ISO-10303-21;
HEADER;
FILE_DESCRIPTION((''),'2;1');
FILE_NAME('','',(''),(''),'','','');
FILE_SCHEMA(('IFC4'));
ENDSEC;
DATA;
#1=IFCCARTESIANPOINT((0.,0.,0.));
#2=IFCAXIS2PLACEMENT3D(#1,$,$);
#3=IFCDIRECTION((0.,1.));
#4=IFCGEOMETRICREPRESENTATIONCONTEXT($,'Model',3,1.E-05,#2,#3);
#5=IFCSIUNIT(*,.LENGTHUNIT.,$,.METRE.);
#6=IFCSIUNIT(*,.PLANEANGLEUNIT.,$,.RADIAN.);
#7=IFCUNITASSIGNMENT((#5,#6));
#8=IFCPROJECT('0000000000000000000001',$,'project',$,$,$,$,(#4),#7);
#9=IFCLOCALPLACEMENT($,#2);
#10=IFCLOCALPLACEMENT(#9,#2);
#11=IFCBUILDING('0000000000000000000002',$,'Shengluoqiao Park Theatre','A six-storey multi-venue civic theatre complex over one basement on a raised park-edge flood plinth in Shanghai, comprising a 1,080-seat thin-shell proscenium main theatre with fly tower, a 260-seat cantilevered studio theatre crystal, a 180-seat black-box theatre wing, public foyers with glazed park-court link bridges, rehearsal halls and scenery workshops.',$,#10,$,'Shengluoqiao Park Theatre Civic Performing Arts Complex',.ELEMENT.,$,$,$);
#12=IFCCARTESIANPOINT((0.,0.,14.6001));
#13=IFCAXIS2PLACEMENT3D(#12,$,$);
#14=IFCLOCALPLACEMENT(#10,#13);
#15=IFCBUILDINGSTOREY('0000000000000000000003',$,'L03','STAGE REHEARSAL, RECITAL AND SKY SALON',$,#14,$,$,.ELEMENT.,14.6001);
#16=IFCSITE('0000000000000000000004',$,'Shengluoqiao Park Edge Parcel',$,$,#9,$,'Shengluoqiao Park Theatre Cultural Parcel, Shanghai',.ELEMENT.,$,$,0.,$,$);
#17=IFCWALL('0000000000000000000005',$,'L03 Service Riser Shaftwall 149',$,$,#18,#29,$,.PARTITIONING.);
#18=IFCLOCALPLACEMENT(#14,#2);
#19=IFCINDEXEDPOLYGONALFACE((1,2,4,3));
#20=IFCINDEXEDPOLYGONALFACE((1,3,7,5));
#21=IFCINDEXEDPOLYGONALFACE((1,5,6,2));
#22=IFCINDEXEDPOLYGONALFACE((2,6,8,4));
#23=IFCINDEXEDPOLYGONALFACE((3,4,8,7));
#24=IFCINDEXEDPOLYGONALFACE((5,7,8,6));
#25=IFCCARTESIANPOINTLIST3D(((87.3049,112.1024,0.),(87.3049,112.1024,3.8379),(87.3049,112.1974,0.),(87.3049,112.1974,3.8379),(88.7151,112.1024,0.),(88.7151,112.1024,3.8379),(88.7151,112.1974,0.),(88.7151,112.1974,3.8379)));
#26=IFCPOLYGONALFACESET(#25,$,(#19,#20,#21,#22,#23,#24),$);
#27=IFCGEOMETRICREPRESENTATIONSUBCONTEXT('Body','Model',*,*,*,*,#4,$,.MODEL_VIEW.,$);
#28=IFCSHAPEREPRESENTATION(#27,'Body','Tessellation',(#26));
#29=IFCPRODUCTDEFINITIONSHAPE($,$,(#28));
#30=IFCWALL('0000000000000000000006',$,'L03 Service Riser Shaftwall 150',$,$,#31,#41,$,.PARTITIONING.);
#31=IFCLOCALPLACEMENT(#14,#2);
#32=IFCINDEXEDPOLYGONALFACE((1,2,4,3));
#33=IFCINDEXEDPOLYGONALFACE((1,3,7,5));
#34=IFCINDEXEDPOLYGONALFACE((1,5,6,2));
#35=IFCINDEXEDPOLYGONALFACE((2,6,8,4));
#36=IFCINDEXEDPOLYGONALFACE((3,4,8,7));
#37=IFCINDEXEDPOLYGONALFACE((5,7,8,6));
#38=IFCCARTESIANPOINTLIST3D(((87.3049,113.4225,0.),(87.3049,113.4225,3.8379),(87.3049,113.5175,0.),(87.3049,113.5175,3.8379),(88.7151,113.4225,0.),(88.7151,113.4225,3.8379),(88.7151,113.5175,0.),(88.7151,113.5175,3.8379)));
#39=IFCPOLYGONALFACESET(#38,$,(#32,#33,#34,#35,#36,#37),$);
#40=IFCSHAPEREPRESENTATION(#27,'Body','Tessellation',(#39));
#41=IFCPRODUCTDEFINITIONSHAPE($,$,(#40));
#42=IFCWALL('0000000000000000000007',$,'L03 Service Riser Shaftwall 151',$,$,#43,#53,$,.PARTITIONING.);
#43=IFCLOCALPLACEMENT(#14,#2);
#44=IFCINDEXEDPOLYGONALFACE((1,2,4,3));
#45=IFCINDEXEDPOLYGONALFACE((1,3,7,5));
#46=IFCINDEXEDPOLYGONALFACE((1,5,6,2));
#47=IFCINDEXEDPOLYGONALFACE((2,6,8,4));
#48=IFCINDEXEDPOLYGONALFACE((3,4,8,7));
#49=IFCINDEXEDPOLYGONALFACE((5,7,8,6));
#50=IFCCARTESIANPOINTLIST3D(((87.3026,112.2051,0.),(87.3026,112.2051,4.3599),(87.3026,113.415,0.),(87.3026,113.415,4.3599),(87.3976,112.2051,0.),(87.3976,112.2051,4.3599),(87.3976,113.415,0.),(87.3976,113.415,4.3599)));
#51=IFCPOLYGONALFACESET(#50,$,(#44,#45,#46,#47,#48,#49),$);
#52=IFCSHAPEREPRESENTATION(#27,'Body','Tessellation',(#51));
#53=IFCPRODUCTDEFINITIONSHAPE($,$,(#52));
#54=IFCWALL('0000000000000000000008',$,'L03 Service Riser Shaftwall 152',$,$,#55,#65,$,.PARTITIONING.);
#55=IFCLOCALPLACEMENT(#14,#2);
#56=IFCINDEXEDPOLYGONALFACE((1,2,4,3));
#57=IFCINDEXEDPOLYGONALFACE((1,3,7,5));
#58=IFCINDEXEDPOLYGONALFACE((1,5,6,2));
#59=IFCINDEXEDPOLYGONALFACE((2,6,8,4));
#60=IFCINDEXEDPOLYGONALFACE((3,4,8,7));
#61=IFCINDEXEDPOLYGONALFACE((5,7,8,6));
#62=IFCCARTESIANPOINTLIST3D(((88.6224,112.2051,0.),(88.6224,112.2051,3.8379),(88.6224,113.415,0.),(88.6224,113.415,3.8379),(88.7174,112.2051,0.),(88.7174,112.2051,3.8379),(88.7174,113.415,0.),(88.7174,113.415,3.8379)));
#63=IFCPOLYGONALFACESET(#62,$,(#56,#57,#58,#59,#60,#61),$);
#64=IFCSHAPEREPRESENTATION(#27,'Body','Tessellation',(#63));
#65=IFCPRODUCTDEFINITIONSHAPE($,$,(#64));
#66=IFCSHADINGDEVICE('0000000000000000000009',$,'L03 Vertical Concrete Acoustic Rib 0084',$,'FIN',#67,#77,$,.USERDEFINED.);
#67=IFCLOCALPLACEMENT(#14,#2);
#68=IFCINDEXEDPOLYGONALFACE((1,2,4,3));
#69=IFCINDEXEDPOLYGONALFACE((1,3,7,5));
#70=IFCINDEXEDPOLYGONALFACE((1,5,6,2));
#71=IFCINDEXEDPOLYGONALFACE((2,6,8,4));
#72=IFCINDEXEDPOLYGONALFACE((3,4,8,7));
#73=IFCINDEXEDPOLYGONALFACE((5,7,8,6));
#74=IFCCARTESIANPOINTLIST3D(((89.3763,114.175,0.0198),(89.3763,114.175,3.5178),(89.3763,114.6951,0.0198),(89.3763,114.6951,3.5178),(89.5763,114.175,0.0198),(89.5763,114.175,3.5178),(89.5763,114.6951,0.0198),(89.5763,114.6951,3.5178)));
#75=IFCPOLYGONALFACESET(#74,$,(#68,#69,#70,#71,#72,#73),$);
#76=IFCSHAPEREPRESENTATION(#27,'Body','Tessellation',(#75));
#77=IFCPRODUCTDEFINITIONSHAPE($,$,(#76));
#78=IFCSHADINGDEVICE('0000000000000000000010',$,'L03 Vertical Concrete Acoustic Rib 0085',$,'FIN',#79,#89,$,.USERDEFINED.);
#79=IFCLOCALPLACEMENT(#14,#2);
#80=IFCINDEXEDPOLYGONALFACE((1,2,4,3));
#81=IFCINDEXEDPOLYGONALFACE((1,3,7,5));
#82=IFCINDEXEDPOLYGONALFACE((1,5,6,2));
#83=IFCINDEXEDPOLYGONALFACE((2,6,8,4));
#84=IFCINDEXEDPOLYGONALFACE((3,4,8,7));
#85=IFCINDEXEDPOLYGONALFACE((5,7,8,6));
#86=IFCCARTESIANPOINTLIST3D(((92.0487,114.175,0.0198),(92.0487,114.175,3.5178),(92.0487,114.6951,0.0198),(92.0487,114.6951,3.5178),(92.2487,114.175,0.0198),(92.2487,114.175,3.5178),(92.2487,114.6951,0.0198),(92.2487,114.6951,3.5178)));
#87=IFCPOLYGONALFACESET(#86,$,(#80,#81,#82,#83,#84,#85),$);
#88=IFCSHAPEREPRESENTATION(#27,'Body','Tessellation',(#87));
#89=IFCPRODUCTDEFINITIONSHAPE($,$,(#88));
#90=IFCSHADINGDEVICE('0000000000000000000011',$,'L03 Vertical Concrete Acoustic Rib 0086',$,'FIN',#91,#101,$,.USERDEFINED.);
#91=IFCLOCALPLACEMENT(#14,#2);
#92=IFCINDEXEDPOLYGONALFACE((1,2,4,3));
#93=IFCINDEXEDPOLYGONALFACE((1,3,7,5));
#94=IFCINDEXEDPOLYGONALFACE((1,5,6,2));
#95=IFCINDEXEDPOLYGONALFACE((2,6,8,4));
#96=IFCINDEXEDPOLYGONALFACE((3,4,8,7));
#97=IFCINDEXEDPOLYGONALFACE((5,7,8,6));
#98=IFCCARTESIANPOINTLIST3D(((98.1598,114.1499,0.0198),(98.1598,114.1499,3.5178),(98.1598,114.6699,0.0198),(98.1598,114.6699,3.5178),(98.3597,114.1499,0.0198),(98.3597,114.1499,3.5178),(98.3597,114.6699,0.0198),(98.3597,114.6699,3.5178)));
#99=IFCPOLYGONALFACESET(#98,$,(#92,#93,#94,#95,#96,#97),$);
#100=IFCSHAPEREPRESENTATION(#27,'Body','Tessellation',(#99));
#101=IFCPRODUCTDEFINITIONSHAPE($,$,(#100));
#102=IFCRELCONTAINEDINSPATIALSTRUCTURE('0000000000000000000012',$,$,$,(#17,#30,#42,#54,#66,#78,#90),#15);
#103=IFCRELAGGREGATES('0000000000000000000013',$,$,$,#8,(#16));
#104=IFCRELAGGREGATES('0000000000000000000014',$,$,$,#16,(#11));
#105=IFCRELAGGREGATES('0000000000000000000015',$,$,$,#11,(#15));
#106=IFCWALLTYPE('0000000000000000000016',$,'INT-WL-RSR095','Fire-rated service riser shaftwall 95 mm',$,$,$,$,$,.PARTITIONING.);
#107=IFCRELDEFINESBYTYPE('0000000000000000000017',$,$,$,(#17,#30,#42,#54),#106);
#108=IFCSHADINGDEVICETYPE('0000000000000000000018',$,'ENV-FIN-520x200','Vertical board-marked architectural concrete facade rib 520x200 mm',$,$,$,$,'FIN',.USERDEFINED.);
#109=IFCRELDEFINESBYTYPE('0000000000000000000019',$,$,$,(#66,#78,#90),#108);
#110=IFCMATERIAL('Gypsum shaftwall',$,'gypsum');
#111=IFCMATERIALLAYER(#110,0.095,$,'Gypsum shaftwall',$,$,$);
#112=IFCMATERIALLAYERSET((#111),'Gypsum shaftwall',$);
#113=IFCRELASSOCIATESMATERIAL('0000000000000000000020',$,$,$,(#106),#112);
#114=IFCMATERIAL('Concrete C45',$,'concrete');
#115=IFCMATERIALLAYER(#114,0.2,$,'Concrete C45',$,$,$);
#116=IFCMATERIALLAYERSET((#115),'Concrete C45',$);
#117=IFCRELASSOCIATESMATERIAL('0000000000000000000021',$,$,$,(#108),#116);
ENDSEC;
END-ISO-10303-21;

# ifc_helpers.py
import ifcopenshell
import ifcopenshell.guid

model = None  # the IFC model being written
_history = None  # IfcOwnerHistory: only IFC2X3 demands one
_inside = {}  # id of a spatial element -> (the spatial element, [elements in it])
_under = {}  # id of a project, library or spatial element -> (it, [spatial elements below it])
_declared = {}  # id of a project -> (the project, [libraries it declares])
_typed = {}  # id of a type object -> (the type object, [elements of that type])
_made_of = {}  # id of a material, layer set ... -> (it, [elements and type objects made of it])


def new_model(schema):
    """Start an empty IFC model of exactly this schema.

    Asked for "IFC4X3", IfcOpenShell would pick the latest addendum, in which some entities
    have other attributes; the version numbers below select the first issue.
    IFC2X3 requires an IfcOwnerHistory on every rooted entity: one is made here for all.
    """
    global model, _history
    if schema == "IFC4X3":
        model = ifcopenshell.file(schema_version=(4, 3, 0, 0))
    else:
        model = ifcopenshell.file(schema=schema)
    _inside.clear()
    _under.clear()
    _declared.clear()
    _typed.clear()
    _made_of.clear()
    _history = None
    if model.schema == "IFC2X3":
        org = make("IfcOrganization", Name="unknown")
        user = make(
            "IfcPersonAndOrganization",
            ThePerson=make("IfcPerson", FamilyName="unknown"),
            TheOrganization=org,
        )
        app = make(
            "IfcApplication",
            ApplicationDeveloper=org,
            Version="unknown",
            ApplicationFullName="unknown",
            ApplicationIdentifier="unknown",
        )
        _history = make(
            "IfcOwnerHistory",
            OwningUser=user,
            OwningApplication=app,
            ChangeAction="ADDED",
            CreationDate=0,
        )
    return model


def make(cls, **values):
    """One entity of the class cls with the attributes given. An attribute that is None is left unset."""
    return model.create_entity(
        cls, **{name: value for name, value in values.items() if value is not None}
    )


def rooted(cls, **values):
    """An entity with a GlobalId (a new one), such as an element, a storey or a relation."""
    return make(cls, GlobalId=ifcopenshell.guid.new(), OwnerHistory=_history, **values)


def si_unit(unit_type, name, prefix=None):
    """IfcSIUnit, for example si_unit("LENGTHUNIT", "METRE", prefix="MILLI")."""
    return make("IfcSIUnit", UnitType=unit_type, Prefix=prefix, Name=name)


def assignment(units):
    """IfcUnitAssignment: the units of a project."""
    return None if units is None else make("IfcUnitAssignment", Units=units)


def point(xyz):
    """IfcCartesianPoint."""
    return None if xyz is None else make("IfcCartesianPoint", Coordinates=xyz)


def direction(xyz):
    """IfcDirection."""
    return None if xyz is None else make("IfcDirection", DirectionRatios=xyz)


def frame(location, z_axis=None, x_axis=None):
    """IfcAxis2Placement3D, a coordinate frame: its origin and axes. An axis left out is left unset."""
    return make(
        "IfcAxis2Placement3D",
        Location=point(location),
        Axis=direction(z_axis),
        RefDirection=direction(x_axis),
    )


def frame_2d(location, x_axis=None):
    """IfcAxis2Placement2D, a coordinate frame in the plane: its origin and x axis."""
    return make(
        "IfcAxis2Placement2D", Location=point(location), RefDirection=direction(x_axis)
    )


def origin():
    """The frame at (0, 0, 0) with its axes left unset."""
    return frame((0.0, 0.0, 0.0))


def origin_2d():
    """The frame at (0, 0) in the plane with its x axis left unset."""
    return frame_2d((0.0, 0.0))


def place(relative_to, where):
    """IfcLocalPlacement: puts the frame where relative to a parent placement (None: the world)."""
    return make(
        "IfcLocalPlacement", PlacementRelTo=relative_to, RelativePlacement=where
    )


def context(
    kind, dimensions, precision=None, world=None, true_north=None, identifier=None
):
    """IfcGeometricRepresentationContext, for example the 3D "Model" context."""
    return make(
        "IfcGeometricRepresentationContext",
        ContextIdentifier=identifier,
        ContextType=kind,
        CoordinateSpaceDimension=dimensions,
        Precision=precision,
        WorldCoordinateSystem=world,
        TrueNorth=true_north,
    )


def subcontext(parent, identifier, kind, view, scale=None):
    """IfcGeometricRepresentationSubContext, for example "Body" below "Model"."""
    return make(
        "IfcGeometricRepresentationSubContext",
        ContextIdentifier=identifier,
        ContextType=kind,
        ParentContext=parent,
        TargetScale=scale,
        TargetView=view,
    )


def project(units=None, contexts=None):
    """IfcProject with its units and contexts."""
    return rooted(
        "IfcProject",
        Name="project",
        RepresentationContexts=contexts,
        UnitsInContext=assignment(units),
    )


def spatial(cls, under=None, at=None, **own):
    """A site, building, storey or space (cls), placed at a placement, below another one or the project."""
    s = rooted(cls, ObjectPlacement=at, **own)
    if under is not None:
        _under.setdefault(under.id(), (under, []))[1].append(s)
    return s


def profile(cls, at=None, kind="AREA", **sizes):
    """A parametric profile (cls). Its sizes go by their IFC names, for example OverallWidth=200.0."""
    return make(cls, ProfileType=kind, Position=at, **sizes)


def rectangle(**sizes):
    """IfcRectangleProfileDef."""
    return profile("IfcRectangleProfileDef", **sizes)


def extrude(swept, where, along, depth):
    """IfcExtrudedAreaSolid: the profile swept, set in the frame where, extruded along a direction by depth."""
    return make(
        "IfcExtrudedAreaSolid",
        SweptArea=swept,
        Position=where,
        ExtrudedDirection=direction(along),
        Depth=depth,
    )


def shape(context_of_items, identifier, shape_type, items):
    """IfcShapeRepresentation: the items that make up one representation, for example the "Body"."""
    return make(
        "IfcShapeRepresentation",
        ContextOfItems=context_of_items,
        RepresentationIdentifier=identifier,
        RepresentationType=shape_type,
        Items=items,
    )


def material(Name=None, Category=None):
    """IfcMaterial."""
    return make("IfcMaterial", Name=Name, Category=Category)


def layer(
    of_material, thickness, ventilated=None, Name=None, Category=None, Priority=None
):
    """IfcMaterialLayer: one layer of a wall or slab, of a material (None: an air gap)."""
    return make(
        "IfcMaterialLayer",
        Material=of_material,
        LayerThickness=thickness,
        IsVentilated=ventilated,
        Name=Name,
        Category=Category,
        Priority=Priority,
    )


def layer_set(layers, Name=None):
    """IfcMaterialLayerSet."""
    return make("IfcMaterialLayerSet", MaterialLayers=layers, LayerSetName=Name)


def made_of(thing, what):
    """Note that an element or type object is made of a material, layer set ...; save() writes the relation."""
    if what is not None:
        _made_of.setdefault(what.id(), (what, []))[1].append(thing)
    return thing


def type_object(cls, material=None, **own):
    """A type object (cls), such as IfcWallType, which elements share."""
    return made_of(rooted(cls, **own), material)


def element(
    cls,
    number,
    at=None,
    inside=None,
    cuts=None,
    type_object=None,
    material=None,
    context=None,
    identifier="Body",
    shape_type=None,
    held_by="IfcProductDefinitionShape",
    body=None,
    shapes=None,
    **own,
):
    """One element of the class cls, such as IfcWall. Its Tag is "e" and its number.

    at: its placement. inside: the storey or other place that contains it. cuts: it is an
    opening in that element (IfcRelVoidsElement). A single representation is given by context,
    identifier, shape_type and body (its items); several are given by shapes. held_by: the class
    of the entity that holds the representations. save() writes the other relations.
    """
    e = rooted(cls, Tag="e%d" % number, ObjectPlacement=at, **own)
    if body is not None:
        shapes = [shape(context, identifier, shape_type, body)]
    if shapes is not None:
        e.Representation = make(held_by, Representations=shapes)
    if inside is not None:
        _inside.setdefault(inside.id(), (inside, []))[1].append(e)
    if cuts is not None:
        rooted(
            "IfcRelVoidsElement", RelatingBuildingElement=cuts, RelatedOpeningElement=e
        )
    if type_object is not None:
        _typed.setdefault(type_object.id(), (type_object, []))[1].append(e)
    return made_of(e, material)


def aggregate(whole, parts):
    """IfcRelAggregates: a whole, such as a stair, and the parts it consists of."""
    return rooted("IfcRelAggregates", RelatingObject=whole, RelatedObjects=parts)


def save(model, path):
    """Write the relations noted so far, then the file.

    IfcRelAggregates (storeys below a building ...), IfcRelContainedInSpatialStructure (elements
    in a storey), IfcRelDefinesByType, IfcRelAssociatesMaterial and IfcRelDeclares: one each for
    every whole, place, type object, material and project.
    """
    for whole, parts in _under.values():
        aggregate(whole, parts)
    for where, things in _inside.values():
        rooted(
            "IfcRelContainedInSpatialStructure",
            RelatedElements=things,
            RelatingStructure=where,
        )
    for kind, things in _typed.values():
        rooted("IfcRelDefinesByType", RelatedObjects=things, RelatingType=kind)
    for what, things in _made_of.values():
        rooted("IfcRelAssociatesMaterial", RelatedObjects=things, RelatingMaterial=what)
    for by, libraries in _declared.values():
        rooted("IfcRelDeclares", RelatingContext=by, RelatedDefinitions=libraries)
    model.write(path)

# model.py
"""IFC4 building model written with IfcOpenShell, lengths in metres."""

from ifc_helpers import new_model, si_unit, direction, frame, frame_2d, origin, origin_2d, place, context, subcontext, project, spatial, rectangle, extrude, material, layer, layer_set, type_object, element, save


model = new_model("IFC4")

# Units and contexts
model_context = context("Model", 3, precision=1e-05, world=origin(), true_north=direction((0.0, 1.0)))
body_context = subcontext(model_context, "Body", "Model", "MODEL_VIEW")
ifc_project = project(units=[si_unit("LENGTHUNIT", "METRE"), si_unit("PLANEANGLEUNIT", "RADIAN")], contexts=[model_context])

# Site, building, storey
site_placement = place(None, origin())
site = spatial("IfcSite", under=ifc_project, at=site_placement, Name="Shengluoqiao Park Edge Parcel", LongName="Shengluoqiao Park Theatre Cultural Parcel, Shanghai", CompositionType="ELEMENT", RefElevation=0.0)
building_placement = place(site_placement, origin())
building = spatial("IfcBuilding", under=site, at=building_placement, Name="Shengluoqiao Park Theatre", Description="A six-storey multi-venue civic theatre complex over one basement on a raised park-edge flood plinth in Shanghai, comprising a 1,080-seat thin-shell proscenium main theatre with fly tower, a 260-seat cantilevered studio theatre crystal, a 180-seat black-box theatre wing, public foyers with glazed park-court link bridges, rehearsal halls and scenery workshops.", LongName="Shengluoqiao Park Theatre Civic Performing Arts Complex", CompositionType="ELEMENT")
storey_placement = place(building_placement, frame((0.0, 0.0, 14.6001)))
storey = spatial("IfcBuildingStorey", under=building, at=storey_placement, Name="L03", Description="STAGE REHEARSAL, RECITAL AND SKY SALON", CompositionType="ELEMENT", Elevation=14.6001)

# Shared definitions
ifc_material_1 = material(Name="Concrete C45", Category="concrete")

# Walls
ifc_material_2 = material(Name="Gypsum shaftwall", Category="gypsum")
ifc_layer_1 = layer(ifc_material_2, 0.095, Name="Gypsum shaftwall")
ifc_layer_set_1 = layer_set([ifc_layer_1], Name="Gypsum shaftwall")
wall_type_1 = type_object("IfcWallType", Name="INT-WL-RSR095", Description="Fire-rated service riser shaftwall 95 mm", PredefinedType="PARTITIONING", material=ifc_layer_set_1)
for number, where, z_axis, x_axis, name in (
    (1, (87.3049, 112.1499, 0.0), (0.0, 0.0, 1.0), (1.0, 0.0, 0.0), "L03 Service Riser Shaftwall 149"),
    (2, (87.3049, 113.47, 0.0), (0.0, 0.0, 1.0), (1.0, 0.0, 0.0), "L03 Service Riser Shaftwall 150"),
):
    element("IfcWall", number, at=place(storey_placement, frame(where, z_axis=z_axis, x_axis=x_axis)), inside=storey, type_object=wall_type_1, Name=name, PredefinedType="PARTITIONING", context=body_context, shape_type="SweptSolid", body=[
        extrude(rectangle(XDim=1.4102, YDim=0.095, at=frame_2d((0.7051, 0.0))), origin(), (0.0, 0.0, 1.0), 3.8379),
    ])
wall_1_placement = place(storey_placement, frame((87.3501, 112.2051, 0.0), z_axis=(0.0, 0.0, 1.0), x_axis=(0.0, 1.0, 0.0)))
element("IfcWall", 3, at=wall_1_placement, inside=storey, type_object=wall_type_1, Name="L03 Service Riser Shaftwall 151", PredefinedType="PARTITIONING", context=body_context, shape_type="SweptSolid", body=[
    extrude(rectangle(XDim=1.21, YDim=0.095, at=frame_2d((0.605, 0.0))), origin(), (0.0, 0.0, 1.0), 4.3599),
])
wall_2_placement = place(storey_placement, frame((88.6699, 112.2051, 0.0), z_axis=(0.0, 0.0, 1.0), x_axis=(0.0, 1.0, 0.0)))
element("IfcWall", 4, at=wall_2_placement, inside=storey, type_object=wall_type_1, Name="L03 Service Riser Shaftwall 152", PredefinedType="PARTITIONING", context=body_context, shape_type="SweptSolid", body=[
    extrude(rectangle(XDim=1.21, YDim=0.095, at=frame_2d((0.605, 0.0))), origin(), (0.0, 0.0, 1.0), 3.8379),
])

# Shading devices
ifc_layer_2 = layer(ifc_material_1, 0.2, Name="Concrete C45")
ifc_layer_set_2 = layer_set([ifc_layer_2], Name="Concrete C45")
shading_device_type = type_object("IfcShadingDeviceType", Name="ENV-FIN-520x200", Description="Vertical board-marked architectural concrete facade rib 520x200 mm", ElementType="FIN", PredefinedType="USERDEFINED", material=ifc_layer_set_2)
for number, where, z_axis, x_axis, name in (
    (5, (89.4763, 114.4351, 0.0198), (0.0, 0.0, 1.0), (0.0, 1.0, 0.0), "L03 Vertical Concrete Acoustic Rib 0084"),
    (6, (92.1487, 114.4351, 0.0198), (0.0, 0.0, 1.0), (0.0, 1.0, 0.0), "L03 Vertical Concrete Acoustic Rib 0085"),
    (7, (98.2598, 114.4099, 0.0198), (0.0, 0.0, 1.0), (0.0, 1.0, 0.0), "L03 Vertical Concrete Acoustic Rib 0086"),
):
    element("IfcShadingDevice", number, at=place(storey_placement, frame(where, z_axis=z_axis, x_axis=x_axis)), inside=storey, type_object=shading_device_type, Name=name, ObjectType="FIN", PredefinedType="USERDEFINED", context=body_context, shape_type="SweptSolid", body=[
        extrude(rectangle(XDim=0.52, YDim=0.2, at=origin_2d()), origin(), (0.0, 0.0, 1.0), 3.498),
    ])

save(model, "model.ifc")
